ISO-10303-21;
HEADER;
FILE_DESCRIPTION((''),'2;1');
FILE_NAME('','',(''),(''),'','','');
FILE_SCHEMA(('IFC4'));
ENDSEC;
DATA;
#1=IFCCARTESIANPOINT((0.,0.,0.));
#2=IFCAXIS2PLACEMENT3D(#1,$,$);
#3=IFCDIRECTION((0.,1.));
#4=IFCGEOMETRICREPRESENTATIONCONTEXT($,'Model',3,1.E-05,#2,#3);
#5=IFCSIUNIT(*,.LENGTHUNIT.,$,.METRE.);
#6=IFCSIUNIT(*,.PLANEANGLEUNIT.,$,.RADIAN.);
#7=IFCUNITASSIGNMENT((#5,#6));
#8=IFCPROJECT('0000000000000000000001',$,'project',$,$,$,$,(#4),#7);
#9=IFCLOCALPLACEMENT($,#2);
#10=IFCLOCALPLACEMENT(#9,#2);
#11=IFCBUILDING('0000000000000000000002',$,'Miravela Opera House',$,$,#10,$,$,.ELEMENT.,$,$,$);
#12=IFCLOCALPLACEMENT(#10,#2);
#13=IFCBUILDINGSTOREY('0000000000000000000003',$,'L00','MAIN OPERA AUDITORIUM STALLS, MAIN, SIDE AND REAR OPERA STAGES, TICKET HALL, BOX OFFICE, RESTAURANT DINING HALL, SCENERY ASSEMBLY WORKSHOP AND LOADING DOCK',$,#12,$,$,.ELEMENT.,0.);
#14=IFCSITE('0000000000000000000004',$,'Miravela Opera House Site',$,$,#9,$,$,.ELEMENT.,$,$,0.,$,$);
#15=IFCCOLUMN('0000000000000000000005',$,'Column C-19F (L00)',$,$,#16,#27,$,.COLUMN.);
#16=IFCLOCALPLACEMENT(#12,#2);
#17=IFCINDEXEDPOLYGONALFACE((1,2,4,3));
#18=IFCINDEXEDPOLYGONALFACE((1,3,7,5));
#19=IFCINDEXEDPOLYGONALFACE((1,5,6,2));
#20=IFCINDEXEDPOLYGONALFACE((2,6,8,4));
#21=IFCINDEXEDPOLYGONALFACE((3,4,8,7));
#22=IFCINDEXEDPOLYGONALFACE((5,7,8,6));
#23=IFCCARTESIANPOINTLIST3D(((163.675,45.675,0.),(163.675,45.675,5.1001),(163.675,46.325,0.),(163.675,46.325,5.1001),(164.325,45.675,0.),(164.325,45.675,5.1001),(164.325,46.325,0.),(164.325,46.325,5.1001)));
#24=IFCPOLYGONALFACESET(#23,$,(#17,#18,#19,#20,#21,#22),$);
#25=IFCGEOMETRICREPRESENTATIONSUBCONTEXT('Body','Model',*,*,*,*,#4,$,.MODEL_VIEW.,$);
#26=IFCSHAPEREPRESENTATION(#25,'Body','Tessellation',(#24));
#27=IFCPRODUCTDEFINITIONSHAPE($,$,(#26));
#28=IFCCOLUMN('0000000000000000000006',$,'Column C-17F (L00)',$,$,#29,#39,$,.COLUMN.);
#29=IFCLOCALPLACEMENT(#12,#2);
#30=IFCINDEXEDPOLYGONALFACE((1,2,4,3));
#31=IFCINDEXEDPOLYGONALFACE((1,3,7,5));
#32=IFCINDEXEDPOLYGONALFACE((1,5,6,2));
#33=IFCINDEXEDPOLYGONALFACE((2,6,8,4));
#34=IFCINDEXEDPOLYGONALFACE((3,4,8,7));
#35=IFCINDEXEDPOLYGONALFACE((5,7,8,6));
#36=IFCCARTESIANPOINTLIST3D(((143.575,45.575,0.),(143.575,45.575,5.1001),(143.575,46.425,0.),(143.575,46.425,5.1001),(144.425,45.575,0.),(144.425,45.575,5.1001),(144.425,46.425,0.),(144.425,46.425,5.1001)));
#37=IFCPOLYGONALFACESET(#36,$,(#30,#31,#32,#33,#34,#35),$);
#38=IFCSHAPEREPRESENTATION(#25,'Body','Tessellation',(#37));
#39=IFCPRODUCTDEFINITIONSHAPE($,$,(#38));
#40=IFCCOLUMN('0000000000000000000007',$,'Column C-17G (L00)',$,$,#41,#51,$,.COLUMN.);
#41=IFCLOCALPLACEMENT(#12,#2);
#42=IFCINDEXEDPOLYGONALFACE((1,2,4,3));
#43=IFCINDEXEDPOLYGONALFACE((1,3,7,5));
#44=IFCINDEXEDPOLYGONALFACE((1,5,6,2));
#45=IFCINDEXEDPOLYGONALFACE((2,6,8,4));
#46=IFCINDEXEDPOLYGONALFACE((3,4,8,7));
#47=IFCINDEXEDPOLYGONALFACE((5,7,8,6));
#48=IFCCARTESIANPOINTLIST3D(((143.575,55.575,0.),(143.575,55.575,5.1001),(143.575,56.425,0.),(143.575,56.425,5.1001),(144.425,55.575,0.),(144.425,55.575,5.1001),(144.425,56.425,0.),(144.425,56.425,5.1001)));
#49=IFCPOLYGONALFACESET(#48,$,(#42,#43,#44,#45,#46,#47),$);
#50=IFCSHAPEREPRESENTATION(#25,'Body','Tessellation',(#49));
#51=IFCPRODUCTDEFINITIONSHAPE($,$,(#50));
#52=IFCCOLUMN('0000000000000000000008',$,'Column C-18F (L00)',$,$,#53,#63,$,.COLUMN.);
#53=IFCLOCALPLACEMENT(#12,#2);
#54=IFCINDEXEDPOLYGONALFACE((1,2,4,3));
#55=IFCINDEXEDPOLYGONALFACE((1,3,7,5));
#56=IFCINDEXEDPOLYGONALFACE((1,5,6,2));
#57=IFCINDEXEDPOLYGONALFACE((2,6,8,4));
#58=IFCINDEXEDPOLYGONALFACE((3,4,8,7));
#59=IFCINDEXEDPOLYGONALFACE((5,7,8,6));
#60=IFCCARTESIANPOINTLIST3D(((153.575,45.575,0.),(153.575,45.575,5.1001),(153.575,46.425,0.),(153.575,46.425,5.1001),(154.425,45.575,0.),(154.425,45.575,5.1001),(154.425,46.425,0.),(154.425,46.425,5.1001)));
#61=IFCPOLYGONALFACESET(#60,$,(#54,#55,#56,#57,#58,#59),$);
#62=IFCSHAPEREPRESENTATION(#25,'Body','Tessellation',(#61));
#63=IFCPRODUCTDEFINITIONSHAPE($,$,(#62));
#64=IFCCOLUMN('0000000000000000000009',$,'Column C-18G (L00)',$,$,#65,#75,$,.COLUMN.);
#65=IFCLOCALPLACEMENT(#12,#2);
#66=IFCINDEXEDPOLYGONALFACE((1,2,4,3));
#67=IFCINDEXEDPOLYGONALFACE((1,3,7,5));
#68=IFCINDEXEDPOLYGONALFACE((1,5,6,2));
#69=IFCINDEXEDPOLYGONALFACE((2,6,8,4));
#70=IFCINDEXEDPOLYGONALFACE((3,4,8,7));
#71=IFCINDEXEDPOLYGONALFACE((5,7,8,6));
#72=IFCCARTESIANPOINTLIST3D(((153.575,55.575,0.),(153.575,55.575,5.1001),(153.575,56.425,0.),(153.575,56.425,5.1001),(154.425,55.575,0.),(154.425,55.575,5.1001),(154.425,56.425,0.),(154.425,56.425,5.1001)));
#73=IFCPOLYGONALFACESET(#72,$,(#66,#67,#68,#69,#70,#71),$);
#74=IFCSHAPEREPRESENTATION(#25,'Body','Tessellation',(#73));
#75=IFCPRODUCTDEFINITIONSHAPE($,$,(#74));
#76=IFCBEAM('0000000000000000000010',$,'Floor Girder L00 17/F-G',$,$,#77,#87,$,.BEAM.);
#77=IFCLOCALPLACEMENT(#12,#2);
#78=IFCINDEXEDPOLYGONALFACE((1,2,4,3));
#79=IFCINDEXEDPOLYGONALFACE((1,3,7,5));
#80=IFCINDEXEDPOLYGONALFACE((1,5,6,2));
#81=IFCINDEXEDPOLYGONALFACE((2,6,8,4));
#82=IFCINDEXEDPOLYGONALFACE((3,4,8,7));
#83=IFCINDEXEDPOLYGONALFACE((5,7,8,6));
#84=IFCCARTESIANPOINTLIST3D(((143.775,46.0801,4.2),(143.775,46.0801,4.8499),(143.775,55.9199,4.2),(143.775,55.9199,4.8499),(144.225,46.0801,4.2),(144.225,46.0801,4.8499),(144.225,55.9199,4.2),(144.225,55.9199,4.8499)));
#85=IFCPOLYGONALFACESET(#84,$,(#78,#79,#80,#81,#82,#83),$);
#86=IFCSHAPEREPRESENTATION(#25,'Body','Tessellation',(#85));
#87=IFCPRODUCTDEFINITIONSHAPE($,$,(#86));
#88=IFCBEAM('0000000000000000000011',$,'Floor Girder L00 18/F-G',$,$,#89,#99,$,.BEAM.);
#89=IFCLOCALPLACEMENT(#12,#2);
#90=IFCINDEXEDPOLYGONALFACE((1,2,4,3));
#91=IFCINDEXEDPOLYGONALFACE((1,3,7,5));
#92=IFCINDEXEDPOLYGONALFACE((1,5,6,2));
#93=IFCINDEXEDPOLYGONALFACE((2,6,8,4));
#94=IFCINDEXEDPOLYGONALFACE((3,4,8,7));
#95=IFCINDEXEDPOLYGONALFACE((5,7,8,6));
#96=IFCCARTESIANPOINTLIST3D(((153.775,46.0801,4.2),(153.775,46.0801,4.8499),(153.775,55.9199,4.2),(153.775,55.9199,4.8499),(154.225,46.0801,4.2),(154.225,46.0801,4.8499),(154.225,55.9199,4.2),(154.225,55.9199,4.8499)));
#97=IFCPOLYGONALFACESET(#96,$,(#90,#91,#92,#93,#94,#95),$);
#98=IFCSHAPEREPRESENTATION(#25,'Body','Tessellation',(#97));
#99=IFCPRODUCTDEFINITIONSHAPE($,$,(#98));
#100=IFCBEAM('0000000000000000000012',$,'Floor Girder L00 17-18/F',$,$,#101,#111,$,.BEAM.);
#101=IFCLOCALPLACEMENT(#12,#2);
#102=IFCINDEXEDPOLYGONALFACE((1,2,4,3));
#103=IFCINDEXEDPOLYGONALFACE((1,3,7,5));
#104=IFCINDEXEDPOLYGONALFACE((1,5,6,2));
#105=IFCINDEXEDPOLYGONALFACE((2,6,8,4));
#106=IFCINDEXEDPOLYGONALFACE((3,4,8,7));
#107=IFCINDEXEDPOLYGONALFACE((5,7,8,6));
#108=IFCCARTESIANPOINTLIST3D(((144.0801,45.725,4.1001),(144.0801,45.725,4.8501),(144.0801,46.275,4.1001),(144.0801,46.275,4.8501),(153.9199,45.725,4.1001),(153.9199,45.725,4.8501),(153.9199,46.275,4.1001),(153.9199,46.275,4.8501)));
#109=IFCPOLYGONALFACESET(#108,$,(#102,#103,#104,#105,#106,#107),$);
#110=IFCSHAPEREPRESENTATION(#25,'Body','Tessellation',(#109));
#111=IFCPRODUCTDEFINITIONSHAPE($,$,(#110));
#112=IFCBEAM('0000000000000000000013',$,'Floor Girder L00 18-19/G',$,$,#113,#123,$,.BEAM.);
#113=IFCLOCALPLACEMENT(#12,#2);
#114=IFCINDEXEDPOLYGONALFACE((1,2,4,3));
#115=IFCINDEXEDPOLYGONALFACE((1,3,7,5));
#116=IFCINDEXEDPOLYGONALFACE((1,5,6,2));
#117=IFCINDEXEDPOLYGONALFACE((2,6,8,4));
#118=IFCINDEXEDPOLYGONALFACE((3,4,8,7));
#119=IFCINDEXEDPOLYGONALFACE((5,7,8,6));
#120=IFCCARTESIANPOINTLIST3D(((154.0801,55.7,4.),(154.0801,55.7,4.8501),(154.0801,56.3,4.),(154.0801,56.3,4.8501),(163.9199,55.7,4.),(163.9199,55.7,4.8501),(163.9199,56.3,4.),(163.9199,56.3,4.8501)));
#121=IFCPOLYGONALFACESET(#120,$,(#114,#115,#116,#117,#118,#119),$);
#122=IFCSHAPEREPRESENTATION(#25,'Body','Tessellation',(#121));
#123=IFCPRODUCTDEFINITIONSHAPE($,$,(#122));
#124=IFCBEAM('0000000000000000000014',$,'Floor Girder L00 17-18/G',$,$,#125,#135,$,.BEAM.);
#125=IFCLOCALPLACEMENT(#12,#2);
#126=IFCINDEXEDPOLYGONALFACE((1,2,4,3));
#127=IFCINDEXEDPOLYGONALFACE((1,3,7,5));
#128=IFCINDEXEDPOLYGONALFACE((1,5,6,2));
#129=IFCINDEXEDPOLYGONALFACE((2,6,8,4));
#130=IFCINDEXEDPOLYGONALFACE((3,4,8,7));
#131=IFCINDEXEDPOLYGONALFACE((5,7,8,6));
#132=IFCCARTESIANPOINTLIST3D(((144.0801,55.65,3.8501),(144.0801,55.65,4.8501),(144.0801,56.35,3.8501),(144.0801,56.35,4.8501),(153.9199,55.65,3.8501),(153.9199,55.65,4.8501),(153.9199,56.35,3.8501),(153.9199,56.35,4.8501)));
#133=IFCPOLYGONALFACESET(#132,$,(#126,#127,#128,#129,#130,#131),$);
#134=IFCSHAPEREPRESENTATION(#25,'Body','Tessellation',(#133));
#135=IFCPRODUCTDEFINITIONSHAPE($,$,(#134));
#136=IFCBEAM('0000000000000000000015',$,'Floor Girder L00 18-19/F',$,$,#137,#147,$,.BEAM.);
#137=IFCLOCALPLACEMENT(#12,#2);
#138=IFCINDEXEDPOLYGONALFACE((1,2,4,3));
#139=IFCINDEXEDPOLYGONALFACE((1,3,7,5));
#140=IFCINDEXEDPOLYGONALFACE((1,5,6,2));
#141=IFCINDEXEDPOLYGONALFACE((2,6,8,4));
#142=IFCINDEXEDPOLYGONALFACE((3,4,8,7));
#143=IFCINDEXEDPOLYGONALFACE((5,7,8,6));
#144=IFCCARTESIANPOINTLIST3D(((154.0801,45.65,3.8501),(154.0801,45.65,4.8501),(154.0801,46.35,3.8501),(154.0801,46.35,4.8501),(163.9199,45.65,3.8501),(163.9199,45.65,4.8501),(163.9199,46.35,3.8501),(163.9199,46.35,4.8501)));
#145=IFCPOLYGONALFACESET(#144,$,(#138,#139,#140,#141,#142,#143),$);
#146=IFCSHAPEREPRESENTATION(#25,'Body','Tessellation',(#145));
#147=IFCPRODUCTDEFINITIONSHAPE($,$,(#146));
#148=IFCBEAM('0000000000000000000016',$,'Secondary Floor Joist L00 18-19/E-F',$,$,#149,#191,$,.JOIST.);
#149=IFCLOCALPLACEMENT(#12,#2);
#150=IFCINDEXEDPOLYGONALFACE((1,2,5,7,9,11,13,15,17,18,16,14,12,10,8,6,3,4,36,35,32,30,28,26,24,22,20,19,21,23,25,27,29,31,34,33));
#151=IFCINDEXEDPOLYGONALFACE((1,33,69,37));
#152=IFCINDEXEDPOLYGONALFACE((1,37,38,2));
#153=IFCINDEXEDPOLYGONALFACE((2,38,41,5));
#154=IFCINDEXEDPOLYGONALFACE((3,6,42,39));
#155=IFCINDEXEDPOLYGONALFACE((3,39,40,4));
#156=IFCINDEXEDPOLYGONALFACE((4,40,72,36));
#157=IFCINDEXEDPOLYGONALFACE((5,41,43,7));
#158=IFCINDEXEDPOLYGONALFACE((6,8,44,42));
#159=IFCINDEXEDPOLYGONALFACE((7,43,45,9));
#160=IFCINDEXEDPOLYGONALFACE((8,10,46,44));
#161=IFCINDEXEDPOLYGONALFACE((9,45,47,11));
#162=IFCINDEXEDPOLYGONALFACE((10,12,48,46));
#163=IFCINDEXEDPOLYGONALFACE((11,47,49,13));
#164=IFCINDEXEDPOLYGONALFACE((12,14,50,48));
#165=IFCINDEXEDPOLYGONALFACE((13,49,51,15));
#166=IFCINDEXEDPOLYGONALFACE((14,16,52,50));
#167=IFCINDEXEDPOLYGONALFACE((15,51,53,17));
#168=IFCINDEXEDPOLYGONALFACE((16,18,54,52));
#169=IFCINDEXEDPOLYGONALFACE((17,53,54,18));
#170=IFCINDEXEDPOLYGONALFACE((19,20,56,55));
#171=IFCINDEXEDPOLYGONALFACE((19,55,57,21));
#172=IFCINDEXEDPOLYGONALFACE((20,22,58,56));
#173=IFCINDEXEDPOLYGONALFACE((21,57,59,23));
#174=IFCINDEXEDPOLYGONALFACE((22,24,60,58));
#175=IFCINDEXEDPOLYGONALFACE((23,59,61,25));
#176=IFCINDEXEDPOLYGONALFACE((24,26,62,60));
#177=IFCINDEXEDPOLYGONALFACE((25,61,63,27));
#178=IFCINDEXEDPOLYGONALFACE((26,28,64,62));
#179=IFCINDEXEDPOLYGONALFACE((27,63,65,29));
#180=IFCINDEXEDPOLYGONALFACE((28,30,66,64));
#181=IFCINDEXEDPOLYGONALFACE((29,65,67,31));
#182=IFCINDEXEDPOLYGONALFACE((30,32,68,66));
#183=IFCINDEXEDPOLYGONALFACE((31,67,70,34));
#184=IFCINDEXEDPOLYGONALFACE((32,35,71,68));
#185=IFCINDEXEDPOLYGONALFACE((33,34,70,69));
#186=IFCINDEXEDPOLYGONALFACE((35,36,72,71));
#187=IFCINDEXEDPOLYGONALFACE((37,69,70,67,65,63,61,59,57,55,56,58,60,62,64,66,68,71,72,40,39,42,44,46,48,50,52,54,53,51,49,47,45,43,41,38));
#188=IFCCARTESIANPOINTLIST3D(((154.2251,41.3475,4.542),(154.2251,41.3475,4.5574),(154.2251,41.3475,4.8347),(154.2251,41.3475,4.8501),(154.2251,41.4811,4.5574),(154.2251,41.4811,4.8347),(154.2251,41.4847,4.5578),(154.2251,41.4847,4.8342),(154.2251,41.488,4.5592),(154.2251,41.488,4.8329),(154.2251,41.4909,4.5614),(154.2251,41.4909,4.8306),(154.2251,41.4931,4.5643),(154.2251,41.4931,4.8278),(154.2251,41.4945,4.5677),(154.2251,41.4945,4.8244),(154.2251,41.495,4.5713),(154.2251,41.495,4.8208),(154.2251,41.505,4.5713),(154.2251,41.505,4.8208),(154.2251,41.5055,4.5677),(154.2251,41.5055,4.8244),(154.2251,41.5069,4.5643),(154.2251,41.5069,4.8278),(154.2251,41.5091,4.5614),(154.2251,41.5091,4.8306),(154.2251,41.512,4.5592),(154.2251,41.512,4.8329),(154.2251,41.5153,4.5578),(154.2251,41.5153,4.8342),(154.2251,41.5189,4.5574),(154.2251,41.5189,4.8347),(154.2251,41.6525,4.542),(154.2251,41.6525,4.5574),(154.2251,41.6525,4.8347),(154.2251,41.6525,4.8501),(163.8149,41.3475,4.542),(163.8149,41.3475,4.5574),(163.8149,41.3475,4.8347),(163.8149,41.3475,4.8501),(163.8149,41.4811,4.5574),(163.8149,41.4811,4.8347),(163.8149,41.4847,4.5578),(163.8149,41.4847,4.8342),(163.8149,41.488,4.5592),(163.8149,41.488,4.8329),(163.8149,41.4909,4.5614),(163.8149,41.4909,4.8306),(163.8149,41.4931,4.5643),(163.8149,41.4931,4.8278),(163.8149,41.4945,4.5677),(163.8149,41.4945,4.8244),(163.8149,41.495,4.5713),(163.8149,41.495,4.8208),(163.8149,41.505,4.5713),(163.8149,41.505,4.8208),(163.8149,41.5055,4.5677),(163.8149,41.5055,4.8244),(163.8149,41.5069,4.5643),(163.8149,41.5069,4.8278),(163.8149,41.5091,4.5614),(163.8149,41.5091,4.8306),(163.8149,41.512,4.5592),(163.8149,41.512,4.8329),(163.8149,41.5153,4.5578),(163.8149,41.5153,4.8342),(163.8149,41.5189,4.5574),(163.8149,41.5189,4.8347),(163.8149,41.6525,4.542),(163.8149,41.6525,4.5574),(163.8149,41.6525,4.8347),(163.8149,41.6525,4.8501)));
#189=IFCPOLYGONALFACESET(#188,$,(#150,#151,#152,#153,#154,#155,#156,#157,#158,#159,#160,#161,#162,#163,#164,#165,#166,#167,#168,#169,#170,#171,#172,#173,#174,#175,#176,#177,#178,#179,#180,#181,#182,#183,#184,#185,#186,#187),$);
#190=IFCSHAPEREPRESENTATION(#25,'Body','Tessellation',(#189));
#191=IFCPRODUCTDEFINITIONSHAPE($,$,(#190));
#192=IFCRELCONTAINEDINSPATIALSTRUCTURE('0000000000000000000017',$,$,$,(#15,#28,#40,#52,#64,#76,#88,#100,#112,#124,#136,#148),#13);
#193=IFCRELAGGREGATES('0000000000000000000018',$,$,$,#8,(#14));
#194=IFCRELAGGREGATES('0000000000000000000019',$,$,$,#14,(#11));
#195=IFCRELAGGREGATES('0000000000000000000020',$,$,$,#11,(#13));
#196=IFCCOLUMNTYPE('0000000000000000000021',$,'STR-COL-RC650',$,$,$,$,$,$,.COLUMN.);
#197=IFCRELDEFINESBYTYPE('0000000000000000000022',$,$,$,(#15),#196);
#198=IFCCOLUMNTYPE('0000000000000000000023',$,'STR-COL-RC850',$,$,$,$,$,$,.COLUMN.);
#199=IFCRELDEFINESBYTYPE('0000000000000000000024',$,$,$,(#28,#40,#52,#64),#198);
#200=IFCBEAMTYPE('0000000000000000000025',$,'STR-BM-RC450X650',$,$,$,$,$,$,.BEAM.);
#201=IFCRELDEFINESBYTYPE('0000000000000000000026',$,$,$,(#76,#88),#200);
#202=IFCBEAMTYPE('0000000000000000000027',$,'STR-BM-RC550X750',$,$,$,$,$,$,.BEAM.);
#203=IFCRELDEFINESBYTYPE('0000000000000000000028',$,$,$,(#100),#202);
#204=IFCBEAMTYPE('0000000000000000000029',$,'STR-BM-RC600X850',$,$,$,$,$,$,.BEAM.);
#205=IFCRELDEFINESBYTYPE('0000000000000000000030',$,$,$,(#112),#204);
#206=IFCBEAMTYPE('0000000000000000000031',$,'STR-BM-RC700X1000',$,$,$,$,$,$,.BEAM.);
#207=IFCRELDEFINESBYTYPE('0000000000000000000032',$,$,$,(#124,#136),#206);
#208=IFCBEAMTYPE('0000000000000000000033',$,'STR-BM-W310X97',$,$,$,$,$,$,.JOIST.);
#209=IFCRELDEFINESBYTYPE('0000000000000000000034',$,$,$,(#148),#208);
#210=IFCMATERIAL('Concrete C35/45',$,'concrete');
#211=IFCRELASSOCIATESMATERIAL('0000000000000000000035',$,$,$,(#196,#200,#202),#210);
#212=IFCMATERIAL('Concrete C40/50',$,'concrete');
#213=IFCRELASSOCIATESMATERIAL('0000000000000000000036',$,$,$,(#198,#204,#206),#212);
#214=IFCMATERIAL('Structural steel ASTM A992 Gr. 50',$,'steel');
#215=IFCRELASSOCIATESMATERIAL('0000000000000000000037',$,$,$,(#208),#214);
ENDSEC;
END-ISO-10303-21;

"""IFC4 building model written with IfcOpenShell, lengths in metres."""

from ifc_helpers import new_model, si_unit, direction, frame, origin, origin_2d, place, context, subcontext, project, spatial, rectangle, i_section, extrude, material, material_profile, profile_set, type_object, element, save


model = new_model("IFC4")

# Units and contexts
model_context = context("Model", 3, precision=1e-05, world=origin(), true_north=direction((0.0, 1.0)))
body_context = subcontext(model_context, "Body", "Model", "MODEL_VIEW")
ifc_project = project(units=[si_unit("LENGTHUNIT", "METRE"), si_unit("PLANEANGLEUNIT", "RADIAN")], contexts=[model_context])

# Site, building, storey
site_placement = place(None, origin())
site = spatial("IfcSite", under=ifc_project, at=site_placement, Name="Miravela Opera House Site", CompositionType="ELEMENT", RefElevation=0.0)
building_placement = place(site_placement, origin())
building = spatial("IfcBuilding", under=site, at=building_placement, Name="Miravela Opera House", CompositionType="ELEMENT")
storey_placement = place(building_placement, origin())
storey = spatial("IfcBuildingStorey", under=building, at=storey_placement, Name="L00", Description="MAIN OPERA AUDITORIUM STALLS, MAIN, SIDE AND REAR OPERA STAGES, TICKET HALL, BOX OFFICE, RESTAURANT DINING HALL, SCENERY ASSEMBLY WORKSHOP AND LOADING DOCK", CompositionType="ELEMENT", Elevation=0.0)

# Columns
ifc_material_1 = material(Name="Concrete C35/45", Category="concrete")
ifc_material_profile_1 = material_profile(ifc_material_1, rectangle(XDim=0.6499, YDim=0.6499, at=origin_2d()), Name="RC-COL-650X650")
ifc_profile_set_1 = profile_set([ifc_material_profile_1])
column_type_1 = type_object("IfcColumnType", Name="STR-COL-RC650", PredefinedType="COLUMN", material=ifc_profile_set_1)
column_placement = place(storey_placement, frame((164.0, 46.0, 0.0), z_axis=(0.0, 0.0, 1.0), x_axis=(1.0, 0.0, 0.0)))
element("IfcColumn", 1, at=column_placement, inside=storey, type_object=column_type_1, Name="Column C-19F (L00)", PredefinedType="COLUMN", context=body_context, shape_type="SweptSolid", body=[
    extrude(rectangle(XDim=0.6499, YDim=0.6499, at=origin_2d()), origin(), (0.0, 0.0, 1.0), 5.1001),
])
ifc_material_2 = material(Name="Concrete C40/50", Category="concrete")
ifc_material_profile_2 = material_profile(ifc_material_2, rectangle(XDim=0.8501, YDim=0.8501, at=origin_2d()), Name="RC-COL-850X850")
ifc_profile_set_2 = profile_set([ifc_material_profile_2])
column_type_2 = type_object("IfcColumnType", Name="STR-COL-RC850", PredefinedType="COLUMN", material=ifc_profile_set_2)
for number, where, z_axis, x_axis, name in (
    (2, (144.0, 46.0, 0.0), (0.0, 0.0, 1.0), (1.0, 0.0, 0.0), "Column C-17F (L00)"),
    (3, (144.0, 56.0, 0.0), (0.0, 0.0, 1.0), (1.0, 0.0, 0.0), "Column C-17G (L00)"),
    (4, (154.0, 46.0, 0.0), (0.0, 0.0, 1.0), (1.0, 0.0, 0.0), "Column C-18F (L00)"),
    (5, (154.0, 56.0, 0.0), (0.0, 0.0, 1.0), (1.0, 0.0, 0.0), "Column C-18G (L00)"),
):
    element("IfcColumn", number, at=place(storey_placement, frame(where, z_axis=z_axis, x_axis=x_axis)), inside=storey, type_object=column_type_2, Name=name, PredefinedType="COLUMN", context=body_context, shape_type="SweptSolid", body=[
        extrude(rectangle(XDim=0.8501, YDim=0.8501, at=origin_2d()), origin(), (0.0, 0.0, 1.0), 5.1001),
    ])

# Beams
ifc_material_profile_3 = material_profile(ifc_material_1, rectangle(XDim=0.45, YDim=0.6499, at=origin_2d()), Name="RC-BM-450X650")
ifc_profile_set_3 = profile_set([ifc_material_profile_3])
beam_type_1 = type_object("IfcBeamType", Name="STR-BM-RC450X650", PredefinedType="BEAM", material=ifc_profile_set_3)
for number, where, z_axis, x_axis, name in (
    (6, (144.0, 46.0801, 4.5249), (0.0, 1.0, 0.0), (-1.0, 0.0, 0.0), "Floor Girder L00 17/F-G"),
    (7, (154.0, 46.0801, 4.5249), (0.0, 1.0, 0.0), (-1.0, 0.0, 0.0), "Floor Girder L00 18/F-G"),
):
    element("IfcBeam", number, at=place(storey_placement, frame(where, z_axis=z_axis, x_axis=x_axis)), inside=storey, type_object=beam_type_1, Name=name, PredefinedType="BEAM", context=body_context, shape_type="SweptSolid", body=[
        extrude(rectangle(XDim=0.45, YDim=0.6499, at=origin_2d()), origin(), (0.0, 0.0, 1.0), 9.8398),
    ])
ifc_material_profile_4 = material_profile(ifc_material_1, rectangle(XDim=0.55, YDim=0.75, at=origin_2d()), Name="RC-BM-550X750")
ifc_profile_set_4 = profile_set([ifc_material_profile_4])
beam_type_2 = type_object("IfcBeamType", Name="STR-BM-RC550X750", PredefinedType="BEAM", material=ifc_profile_set_4)
beam_1_placement = place(storey_placement, frame((144.0801, 46.0, 4.4751), z_axis=(1.0, 0.0, 0.0), x_axis=(0.0, 1.0, 0.0)))
element("IfcBeam", 8, at=beam_1_placement, inside=storey, type_object=beam_type_2, Name="Floor Girder L00 17-18/F", PredefinedType="BEAM", context=body_context, shape_type="SweptSolid", body=[
    extrude(rectangle(XDim=0.55, YDim=0.75, at=origin_2d()), origin(), (0.0, 0.0, 1.0), 9.8398),
])
ifc_material_profile_5 = material_profile(ifc_material_2, rectangle(XDim=0.6001, YDim=0.8501, at=origin_2d()), Name="RC-BM-600X850")
ifc_profile_set_5 = profile_set([ifc_material_profile_5])
beam_type_3 = type_object("IfcBeamType", Name="STR-BM-RC600X850", PredefinedType="BEAM", material=ifc_profile_set_5)
beam_2_placement = place(storey_placement, frame((154.0801, 56.0, 4.425), z_axis=(1.0, 0.0, 0.0), x_axis=(0.0, 1.0, 0.0)))
element("IfcBeam", 9, at=beam_2_placement, inside=storey, type_object=beam_type_3, Name="Floor Girder L00 18-19/G", PredefinedType="BEAM", context=body_context, shape_type="SweptSolid", body=[
    extrude(rectangle(XDim=0.6001, YDim=0.8501, at=origin_2d()), origin(), (0.0, 0.0, 1.0), 9.8398),
])
ifc_material_profile_6 = material_profile(ifc_material_2, rectangle(XDim=0.7, YDim=1.0, at=origin_2d()), Name="RC-BM-700X1000")
ifc_profile_set_6 = profile_set([ifc_material_profile_6])
beam_type_4 = type_object("IfcBeamType", Name="STR-BM-RC700X1000", PredefinedType="BEAM", material=ifc_profile_set_6)
for number, where, z_axis, x_axis, name in (
    (10, (144.0801, 56.0, 4.3501), (1.0, 0.0, 0.0), (0.0, 1.0, 0.0), "Floor Girder L00 17-18/G"),
    (11, (154.0801, 46.0, 4.3501), (1.0, 0.0, 0.0), (0.0, 1.0, 0.0), "Floor Girder L00 18-19/F"),
):
    element("IfcBeam", number, at=place(storey_placement, frame(where, z_axis=z_axis, x_axis=x_axis)), inside=storey, type_object=beam_type_4, Name=name, PredefinedType="BEAM", context=body_context, shape_type="SweptSolid", body=[
        extrude(rectangle(XDim=0.7, YDim=1.0, at=origin_2d()), origin(), (0.0, 0.0, 1.0), 9.8398),
    ])
ifc_material_3 = material(Name="Structural steel ASTM A992 Gr. 50", Category="steel")
ifc_material_profile_7 = material_profile(ifc_material_3, i_section(OverallWidth=0.3049, OverallDepth=0.3081, WebThickness=0.01, FlangeThickness=0.0154, FilletRadius=0.0139, at=origin_2d()), Name="W310X97")
ifc_profile_set_7 = profile_set([ifc_material_profile_7])
beam_type_5 = type_object("IfcBeamType", Name="STR-BM-W310X97", PredefinedType="JOIST", material=ifc_profile_set_7)
beam_3_placement = place(storey_placement, frame((154.2251, 41.5, 4.696), z_axis=(1.0, 0.0, 0.0), x_axis=(0.0, 1.0, 0.0)))
element("IfcBeam", 12, at=beam_3_placement, inside=storey, type_object=beam_type_5, Name="Secondary Floor Joist L00 18-19/E-F", PredefinedType="JOIST", context=body_context, shape_type="SweptSolid", body=[
    extrude(i_section(OverallWidth=0.3049, OverallDepth=0.3081, WebThickness=0.01, FlangeThickness=0.0154, FilletRadius=0.0139, at=origin_2d()), origin(), (0.0, 0.0, 1.0), 9.5898),
])

save(model, "model.ifc")
